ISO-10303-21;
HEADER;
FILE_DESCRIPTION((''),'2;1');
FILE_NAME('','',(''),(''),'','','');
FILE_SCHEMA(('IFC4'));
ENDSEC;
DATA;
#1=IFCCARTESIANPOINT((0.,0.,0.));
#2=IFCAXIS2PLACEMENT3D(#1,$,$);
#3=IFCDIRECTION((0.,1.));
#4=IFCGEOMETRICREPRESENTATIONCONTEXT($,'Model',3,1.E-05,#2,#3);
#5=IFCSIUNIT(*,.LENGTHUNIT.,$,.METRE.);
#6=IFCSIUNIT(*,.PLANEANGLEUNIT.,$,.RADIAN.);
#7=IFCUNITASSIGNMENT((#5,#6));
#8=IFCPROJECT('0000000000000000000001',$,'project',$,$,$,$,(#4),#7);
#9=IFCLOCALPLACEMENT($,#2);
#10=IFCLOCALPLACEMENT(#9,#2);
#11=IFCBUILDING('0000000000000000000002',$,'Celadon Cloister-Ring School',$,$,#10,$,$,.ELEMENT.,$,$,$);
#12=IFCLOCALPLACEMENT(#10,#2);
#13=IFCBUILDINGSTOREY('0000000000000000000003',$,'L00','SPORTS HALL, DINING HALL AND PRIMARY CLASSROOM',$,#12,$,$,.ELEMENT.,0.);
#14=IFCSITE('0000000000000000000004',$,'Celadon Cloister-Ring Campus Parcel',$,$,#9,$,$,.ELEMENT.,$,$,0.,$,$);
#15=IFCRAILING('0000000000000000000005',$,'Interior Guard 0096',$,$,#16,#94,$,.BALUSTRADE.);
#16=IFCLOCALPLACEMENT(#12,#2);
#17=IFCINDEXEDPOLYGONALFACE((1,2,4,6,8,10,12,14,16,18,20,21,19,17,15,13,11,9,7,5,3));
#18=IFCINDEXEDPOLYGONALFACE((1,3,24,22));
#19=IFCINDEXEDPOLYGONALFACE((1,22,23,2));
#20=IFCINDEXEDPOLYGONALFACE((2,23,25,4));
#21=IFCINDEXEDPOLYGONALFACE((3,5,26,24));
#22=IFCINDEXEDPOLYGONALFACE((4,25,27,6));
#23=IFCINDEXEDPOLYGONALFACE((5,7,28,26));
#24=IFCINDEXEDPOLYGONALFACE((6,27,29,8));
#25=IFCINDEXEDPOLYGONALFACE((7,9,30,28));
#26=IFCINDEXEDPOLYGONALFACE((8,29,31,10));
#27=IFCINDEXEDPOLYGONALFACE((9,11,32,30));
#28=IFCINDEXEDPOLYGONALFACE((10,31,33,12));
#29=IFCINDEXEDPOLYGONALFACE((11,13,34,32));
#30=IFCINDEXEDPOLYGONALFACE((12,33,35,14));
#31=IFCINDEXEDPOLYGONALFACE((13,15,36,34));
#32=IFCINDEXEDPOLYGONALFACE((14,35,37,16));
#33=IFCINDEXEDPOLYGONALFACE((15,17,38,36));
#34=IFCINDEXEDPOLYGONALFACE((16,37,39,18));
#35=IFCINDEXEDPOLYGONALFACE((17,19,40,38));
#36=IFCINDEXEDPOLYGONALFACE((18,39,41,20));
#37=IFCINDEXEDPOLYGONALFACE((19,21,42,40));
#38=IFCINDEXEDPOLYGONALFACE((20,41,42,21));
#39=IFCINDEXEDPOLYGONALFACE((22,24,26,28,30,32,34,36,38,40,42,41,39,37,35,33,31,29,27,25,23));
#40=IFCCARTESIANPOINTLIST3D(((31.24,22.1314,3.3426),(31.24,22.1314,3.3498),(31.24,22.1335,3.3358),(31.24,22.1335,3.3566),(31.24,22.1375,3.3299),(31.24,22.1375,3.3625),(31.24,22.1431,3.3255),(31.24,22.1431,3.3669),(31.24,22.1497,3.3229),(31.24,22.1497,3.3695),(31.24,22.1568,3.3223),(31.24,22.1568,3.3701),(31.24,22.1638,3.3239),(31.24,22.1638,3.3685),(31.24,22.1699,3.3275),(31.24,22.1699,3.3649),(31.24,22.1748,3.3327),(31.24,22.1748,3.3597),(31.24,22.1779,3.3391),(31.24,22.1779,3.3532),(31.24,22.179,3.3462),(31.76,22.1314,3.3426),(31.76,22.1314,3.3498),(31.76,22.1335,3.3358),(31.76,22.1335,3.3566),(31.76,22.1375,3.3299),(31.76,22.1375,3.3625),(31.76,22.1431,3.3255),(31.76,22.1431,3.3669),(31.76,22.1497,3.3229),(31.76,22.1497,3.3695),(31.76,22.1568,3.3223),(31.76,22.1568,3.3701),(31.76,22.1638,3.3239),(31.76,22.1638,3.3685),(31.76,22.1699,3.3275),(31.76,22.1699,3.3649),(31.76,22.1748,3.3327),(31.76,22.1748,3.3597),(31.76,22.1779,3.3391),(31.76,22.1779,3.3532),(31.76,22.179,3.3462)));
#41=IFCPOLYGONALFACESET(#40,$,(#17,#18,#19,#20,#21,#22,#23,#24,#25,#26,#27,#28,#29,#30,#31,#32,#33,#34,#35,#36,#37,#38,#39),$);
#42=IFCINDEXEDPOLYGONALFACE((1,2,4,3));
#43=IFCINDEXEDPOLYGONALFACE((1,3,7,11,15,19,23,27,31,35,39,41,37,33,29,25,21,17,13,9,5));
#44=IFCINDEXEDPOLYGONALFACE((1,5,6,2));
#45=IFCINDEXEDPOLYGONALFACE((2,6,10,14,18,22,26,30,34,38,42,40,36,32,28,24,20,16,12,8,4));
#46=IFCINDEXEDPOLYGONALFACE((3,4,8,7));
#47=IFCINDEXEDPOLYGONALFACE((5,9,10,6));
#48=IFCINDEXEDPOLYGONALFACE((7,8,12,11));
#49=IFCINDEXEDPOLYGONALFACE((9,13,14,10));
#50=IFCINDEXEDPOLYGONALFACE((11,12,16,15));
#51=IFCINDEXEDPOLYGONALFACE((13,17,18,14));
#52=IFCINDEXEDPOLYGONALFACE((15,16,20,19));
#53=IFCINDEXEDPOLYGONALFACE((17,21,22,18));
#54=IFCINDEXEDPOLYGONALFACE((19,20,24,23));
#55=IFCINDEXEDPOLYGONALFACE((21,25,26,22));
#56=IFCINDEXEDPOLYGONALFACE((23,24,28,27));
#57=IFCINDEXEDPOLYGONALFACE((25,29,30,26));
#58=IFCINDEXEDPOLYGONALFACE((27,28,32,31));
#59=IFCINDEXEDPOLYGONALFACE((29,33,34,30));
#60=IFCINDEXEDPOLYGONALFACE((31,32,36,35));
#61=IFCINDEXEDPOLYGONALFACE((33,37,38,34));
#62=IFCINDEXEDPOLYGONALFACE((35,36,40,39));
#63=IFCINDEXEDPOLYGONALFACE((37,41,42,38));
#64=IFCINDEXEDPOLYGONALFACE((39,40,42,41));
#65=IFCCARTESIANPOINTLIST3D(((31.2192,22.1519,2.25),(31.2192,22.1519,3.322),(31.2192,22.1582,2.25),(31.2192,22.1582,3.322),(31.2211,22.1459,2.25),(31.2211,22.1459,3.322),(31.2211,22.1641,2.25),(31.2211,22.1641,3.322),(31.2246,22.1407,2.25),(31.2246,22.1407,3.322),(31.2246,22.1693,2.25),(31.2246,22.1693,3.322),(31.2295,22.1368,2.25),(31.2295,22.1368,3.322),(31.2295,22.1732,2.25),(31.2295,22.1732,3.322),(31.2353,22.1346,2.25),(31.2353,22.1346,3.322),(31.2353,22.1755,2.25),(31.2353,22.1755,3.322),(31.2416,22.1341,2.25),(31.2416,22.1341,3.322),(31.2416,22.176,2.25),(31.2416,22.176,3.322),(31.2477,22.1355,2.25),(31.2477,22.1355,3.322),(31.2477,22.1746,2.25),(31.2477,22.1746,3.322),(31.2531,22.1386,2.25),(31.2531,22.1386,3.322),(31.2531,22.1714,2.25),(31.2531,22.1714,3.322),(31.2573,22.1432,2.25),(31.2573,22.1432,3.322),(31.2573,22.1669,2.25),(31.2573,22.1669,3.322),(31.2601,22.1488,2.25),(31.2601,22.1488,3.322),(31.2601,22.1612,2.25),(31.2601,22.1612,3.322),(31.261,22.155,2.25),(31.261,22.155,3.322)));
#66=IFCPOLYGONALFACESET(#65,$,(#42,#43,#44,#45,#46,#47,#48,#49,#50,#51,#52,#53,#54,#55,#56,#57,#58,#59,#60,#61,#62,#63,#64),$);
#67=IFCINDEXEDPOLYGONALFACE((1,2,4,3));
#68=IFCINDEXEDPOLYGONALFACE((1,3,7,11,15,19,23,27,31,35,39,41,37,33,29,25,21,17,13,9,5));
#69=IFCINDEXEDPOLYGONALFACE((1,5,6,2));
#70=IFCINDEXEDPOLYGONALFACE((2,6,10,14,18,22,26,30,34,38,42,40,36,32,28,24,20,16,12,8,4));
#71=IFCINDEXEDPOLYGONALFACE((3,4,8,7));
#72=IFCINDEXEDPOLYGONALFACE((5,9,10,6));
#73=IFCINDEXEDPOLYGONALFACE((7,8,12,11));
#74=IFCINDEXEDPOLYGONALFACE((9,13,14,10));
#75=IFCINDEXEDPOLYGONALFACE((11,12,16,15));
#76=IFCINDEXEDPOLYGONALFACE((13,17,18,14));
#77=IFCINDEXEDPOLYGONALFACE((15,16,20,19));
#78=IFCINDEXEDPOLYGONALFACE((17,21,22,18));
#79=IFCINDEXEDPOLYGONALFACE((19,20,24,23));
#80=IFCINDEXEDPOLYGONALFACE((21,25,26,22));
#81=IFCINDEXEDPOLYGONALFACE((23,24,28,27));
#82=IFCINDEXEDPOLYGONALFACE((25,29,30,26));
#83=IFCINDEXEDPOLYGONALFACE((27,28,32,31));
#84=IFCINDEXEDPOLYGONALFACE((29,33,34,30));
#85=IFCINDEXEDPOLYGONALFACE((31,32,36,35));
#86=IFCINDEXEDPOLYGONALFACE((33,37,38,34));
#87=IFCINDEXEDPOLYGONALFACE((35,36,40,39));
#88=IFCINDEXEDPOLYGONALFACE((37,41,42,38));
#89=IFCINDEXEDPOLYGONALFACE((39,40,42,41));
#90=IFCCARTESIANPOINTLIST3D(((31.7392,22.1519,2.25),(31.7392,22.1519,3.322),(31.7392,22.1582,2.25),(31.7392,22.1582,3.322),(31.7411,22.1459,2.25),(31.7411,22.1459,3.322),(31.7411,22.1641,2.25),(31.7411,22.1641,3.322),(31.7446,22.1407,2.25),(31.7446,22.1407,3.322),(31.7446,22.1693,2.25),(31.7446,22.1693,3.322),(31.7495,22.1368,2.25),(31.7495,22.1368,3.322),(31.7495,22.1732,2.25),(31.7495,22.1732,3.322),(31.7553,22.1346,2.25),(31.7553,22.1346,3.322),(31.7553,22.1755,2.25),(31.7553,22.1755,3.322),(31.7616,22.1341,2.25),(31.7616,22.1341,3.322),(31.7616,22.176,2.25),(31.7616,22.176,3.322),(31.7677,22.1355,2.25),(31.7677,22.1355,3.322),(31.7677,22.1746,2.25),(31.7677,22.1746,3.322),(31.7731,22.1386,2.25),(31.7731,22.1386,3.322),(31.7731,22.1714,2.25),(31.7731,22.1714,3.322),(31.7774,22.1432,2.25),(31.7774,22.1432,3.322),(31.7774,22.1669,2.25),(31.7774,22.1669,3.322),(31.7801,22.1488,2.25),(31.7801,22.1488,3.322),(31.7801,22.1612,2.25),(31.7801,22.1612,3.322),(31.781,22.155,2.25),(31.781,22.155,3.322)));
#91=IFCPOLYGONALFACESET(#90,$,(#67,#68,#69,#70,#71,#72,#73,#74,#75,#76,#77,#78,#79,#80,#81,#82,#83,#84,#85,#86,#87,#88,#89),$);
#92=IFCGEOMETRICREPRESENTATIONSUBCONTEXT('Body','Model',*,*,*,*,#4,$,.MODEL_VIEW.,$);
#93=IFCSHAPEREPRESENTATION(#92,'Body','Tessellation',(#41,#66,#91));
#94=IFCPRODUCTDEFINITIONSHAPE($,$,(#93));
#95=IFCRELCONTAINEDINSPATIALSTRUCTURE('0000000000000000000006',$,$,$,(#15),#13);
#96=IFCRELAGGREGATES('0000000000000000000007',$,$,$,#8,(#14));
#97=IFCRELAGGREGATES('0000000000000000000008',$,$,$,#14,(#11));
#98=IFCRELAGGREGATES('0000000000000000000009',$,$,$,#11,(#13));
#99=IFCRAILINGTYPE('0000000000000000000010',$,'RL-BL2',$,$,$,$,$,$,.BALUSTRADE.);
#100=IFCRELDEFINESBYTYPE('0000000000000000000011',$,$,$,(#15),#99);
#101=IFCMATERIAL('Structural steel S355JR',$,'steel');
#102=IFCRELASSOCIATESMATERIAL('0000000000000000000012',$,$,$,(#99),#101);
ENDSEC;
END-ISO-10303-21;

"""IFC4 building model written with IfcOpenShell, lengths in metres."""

from ifc_helpers import new_model, si_unit, direction, frame, origin, origin_2d, place, context, subcontext, project, spatial, circle, extrude, material, type_object, element, save


model = new_model("IFC4")

# Units and contexts
model_context = context("Model", 3, precision=1e-05, world=origin(), true_north=direction((0.0, 1.0)))
body_context = subcontext(model_context, "Body", "Model", "MODEL_VIEW")
ifc_project = project(units=[si_unit("LENGTHUNIT", "METRE"), si_unit("PLANEANGLEUNIT", "RADIAN")], contexts=[model_context])

# Site, building, storey
site_placement = place(None, origin())
site = spatial("IfcSite", under=ifc_project, at=site_placement, Name="Celadon Cloister-Ring Campus Parcel", CompositionType="ELEMENT", RefElevation=0.0)
building_placement = place(site_placement, origin())
building = spatial("IfcBuilding", under=site, at=building_placement, Name="Celadon Cloister-Ring School", CompositionType="ELEMENT")
storey_placement = place(building_placement, origin())
storey = spatial("IfcBuildingStorey", under=building, at=storey_placement, Name="L00", Description="SPORTS HALL, DINING HALL AND PRIMARY CLASSROOM", CompositionType="ELEMENT", Elevation=0.0)

# Railing
ifc_material_1 = material(Name="Structural steel S355JR", Category="steel")
railing_type_1 = type_object("IfcRailingType", Name="RL-BL2", PredefinedType="BALUSTRADE", material=ifc_material_1)
railing_placement = place(storey_placement, frame((31.24, 22.155, 2.25)))
element("IfcRailing", 1, at=railing_placement, inside=storey, type_object=railing_type_1, Name="Interior Guard 0096", PredefinedType="BALUSTRADE", context=body_context, shape_type="SweptSolid", body=[
    extrude(circle(Radius=0.0239, at=origin_2d()), frame((0.0, 0.0, 1.0962), z_axis=(1.0, 0.0, 0.0), x_axis=(0.0, 1.0, 0.0)), (0.0, 0.0, 1.0), 0.52),
    extrude(circle(Radius=0.021, at=origin_2d()), origin(), (0.0, 0.0, 1.0), 1.072),
    extrude(circle(Radius=0.021, at=origin_2d()), frame((0.52, 0.0, 0.0)), (0.0, 0.0, 1.0), 1.072),
])

save(model, "model.ifc")
